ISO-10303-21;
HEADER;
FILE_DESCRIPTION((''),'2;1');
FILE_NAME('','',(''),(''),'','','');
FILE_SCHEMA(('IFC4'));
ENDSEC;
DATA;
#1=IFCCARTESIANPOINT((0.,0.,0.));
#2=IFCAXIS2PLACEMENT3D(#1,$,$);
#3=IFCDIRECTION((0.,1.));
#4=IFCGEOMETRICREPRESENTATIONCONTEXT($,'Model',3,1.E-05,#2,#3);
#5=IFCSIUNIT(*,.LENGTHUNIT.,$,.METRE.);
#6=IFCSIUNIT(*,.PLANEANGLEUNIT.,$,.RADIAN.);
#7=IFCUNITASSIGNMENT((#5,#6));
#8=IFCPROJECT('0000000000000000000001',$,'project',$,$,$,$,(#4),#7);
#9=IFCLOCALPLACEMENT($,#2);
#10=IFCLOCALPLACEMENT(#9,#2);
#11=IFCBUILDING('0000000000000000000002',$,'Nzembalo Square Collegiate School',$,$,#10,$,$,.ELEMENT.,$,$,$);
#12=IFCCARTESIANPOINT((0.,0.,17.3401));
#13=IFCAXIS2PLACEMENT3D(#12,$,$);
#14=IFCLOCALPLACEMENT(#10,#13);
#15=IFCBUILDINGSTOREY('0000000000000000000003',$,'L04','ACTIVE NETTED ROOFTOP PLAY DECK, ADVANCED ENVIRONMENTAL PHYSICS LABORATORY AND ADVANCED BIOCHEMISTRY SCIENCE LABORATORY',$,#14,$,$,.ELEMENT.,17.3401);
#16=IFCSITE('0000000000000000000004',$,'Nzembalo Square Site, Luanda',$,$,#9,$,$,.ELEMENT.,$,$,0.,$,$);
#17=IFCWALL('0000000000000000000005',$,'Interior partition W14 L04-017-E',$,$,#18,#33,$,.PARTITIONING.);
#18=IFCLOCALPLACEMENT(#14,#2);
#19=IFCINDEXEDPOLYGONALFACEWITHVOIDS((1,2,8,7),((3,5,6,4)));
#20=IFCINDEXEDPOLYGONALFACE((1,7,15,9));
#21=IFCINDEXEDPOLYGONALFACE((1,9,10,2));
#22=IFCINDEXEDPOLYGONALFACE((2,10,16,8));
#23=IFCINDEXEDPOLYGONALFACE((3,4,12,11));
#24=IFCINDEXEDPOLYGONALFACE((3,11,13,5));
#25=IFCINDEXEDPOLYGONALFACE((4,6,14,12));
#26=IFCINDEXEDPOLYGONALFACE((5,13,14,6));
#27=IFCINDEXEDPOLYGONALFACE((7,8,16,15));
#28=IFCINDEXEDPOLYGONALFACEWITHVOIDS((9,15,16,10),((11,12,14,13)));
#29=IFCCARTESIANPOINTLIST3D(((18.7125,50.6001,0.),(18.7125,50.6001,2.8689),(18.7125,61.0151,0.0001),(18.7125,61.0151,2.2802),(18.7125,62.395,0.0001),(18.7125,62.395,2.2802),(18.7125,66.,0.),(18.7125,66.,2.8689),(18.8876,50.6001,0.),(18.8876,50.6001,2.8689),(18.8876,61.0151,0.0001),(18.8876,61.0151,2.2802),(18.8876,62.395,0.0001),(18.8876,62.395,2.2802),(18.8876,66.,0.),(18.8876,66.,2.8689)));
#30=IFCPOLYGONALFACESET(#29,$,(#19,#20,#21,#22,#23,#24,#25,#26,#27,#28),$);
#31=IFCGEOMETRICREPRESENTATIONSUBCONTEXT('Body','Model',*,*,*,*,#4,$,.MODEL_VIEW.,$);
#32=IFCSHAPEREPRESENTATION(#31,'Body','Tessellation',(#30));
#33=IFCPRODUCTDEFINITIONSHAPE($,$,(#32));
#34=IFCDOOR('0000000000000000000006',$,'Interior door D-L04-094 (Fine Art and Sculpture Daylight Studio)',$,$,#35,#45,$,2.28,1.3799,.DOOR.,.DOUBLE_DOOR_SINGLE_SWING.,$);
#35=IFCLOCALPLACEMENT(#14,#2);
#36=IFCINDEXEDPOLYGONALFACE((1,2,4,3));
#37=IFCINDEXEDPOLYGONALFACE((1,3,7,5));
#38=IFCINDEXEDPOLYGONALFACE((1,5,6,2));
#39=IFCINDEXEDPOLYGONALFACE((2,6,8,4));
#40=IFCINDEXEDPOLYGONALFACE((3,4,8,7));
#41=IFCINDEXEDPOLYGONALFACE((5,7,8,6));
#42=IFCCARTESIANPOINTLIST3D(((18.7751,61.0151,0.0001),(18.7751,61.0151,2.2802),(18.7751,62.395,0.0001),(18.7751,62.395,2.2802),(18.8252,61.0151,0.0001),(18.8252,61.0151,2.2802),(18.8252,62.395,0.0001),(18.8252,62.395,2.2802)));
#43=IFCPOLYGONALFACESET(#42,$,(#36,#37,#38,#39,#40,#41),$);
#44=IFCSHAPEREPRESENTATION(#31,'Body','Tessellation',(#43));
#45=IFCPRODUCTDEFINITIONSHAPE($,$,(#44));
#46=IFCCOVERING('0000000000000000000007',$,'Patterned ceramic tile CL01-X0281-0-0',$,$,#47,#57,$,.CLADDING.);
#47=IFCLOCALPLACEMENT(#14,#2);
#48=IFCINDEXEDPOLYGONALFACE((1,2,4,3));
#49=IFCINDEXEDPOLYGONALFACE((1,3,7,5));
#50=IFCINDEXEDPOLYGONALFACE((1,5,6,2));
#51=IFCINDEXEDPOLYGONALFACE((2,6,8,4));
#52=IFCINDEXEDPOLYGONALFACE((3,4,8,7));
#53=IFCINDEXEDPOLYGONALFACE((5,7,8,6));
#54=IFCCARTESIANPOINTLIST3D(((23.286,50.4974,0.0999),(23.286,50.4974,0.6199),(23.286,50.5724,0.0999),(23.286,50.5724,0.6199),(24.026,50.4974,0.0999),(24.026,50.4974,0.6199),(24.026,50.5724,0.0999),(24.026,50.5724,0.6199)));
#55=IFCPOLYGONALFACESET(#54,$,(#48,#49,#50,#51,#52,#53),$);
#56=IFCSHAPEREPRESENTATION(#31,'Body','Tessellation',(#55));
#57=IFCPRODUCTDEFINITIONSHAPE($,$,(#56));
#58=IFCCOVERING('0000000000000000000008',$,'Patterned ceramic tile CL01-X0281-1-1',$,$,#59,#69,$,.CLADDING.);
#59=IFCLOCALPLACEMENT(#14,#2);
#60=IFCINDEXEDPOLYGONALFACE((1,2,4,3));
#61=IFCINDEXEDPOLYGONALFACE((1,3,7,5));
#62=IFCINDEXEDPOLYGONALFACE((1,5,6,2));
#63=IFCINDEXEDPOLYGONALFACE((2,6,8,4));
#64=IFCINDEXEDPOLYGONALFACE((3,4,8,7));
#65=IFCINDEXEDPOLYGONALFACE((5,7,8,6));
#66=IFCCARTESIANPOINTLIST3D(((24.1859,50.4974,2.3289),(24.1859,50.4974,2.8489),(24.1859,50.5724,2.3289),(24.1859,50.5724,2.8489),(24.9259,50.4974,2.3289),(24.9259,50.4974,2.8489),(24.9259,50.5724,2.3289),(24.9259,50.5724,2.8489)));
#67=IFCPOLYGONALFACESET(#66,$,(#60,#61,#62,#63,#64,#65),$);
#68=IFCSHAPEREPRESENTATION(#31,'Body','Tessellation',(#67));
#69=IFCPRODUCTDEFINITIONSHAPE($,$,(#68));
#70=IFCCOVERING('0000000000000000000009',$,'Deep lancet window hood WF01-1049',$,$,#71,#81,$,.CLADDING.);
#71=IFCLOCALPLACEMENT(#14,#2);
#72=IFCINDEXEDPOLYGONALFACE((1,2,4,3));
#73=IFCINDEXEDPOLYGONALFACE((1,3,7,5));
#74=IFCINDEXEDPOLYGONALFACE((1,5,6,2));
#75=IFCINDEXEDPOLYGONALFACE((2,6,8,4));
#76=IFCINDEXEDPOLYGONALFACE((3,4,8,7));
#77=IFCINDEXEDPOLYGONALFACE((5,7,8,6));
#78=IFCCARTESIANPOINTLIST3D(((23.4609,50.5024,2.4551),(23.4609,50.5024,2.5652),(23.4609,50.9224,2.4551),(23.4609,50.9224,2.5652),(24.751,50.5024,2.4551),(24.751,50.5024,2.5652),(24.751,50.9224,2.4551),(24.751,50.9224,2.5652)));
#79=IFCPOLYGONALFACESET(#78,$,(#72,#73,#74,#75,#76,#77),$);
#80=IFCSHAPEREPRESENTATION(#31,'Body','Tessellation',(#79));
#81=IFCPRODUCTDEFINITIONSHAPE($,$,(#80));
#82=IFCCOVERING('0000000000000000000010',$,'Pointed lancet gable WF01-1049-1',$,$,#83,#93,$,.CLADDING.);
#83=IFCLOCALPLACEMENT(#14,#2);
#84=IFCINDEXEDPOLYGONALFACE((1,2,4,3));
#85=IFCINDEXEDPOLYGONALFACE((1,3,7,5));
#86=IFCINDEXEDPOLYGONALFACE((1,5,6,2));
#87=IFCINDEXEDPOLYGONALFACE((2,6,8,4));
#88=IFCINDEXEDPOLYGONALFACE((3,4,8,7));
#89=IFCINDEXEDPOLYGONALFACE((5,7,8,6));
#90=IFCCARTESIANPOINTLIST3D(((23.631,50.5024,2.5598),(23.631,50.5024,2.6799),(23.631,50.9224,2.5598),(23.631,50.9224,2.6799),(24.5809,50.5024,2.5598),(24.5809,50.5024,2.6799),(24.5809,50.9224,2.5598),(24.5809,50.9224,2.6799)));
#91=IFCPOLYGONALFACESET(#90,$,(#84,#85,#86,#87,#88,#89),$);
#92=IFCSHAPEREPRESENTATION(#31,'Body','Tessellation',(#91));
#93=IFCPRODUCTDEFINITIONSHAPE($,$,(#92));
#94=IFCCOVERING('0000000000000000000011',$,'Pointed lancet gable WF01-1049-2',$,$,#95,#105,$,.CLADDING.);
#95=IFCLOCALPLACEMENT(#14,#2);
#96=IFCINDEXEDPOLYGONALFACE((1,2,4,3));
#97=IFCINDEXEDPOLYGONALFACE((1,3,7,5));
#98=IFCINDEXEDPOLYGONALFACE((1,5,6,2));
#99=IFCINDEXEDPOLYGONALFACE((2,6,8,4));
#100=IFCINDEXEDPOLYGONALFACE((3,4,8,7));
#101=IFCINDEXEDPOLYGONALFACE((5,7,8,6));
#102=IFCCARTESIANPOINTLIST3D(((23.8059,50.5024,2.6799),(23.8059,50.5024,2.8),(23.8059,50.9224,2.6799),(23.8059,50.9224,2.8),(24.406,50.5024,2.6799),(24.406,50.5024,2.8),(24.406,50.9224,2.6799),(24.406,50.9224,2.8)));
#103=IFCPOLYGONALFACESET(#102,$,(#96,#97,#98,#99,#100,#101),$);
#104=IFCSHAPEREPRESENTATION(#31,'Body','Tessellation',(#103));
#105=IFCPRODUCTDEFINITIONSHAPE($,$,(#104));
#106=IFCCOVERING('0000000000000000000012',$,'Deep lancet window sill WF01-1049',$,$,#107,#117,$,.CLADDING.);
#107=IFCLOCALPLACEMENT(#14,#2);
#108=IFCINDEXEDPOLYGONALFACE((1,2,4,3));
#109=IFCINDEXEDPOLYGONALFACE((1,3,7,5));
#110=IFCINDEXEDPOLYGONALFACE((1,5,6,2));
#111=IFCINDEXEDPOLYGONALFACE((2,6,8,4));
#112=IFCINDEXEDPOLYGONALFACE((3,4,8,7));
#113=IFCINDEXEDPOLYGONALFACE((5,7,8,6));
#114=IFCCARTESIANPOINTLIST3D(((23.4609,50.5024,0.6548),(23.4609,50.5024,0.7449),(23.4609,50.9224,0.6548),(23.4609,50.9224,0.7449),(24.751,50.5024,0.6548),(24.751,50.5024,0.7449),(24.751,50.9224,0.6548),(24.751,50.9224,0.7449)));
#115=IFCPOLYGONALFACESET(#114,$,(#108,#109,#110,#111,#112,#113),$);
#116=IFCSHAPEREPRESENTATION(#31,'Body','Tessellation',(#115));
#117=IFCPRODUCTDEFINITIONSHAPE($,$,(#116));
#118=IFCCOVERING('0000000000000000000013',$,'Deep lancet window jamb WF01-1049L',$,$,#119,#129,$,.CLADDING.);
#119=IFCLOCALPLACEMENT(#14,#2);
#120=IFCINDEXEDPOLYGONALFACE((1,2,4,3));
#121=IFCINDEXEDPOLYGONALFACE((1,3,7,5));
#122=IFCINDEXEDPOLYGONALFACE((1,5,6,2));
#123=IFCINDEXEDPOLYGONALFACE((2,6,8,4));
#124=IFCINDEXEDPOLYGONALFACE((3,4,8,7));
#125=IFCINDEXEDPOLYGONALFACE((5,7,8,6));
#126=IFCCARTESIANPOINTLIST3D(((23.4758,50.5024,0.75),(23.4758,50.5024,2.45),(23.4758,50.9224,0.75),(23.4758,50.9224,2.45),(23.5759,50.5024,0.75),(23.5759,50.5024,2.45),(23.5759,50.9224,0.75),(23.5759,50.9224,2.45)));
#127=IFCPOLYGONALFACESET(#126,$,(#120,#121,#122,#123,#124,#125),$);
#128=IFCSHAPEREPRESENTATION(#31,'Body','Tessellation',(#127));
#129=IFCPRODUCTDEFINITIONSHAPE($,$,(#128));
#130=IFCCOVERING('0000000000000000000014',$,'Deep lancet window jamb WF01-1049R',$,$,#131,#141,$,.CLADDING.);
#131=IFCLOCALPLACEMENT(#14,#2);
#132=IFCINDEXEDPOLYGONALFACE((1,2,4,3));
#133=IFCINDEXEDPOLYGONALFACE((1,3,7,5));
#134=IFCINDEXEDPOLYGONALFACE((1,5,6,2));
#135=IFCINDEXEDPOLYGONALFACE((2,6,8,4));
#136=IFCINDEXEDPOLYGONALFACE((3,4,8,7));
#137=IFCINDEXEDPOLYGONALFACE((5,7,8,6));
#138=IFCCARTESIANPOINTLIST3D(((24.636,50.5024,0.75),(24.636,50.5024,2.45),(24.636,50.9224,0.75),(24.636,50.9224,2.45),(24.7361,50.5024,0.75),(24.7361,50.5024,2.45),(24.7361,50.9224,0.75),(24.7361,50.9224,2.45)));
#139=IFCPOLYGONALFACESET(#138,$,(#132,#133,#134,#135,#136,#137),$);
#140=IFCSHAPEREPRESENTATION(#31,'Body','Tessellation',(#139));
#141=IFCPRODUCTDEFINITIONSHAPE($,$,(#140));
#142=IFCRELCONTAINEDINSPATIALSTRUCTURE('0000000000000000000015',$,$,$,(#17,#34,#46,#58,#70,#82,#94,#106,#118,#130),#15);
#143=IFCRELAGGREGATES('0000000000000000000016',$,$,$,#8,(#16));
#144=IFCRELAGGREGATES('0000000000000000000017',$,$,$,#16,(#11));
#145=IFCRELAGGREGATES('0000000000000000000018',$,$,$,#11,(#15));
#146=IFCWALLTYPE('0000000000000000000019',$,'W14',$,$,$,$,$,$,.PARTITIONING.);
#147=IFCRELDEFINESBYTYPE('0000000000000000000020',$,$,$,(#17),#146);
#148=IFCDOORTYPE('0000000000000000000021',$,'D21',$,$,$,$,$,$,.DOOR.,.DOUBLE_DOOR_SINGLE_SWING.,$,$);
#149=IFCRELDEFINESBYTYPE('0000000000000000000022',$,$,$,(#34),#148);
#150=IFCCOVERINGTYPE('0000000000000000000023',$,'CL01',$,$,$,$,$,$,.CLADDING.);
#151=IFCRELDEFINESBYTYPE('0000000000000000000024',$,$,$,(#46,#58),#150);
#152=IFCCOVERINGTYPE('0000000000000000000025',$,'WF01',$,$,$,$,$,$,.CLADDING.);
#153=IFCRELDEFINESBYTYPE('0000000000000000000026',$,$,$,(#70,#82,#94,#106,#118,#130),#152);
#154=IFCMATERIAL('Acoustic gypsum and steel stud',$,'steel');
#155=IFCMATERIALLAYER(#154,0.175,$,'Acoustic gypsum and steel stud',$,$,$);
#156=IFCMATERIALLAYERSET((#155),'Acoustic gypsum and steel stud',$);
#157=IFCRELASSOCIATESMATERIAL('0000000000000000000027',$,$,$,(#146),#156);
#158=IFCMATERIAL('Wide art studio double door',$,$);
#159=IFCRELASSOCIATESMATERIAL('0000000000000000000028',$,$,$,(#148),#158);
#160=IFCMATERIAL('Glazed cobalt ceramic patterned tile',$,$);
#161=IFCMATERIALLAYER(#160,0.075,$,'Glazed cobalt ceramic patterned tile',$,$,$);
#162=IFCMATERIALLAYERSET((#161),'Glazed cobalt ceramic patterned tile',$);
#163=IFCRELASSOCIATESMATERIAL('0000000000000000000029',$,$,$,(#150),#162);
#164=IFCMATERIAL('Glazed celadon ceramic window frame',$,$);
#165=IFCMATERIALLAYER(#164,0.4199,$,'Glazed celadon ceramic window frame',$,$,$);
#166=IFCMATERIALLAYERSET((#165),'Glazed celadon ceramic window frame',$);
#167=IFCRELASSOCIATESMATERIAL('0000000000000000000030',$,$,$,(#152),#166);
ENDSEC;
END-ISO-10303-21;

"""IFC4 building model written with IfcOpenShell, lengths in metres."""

from ifc_helpers import new_model, si_unit, direction, frame, frame_2d, origin, origin_2d, place, context, subcontext, project, spatial, rectangle, extrude, material, layer, layer_set, type_object, element, fill, save


model = new_model("IFC4")

# Units and contexts
model_context = context("Model", 3, precision=1e-05, world=origin(), true_north=direction((0.0, 1.0)))
body_context = subcontext(model_context, "Body", "Model", "MODEL_VIEW")
ifc_project = project(units=[si_unit("LENGTHUNIT", "METRE"), si_unit("PLANEANGLEUNIT", "RADIAN")], contexts=[model_context])

# Site, building, storey
site_placement = place(None, origin())
site = spatial("IfcSite", under=ifc_project, at=site_placement, Name="Nzembalo Square Site, Luanda", CompositionType="ELEMENT", RefElevation=0.0)
building_placement = place(site_placement, origin())
building = spatial("IfcBuilding", under=site, at=building_placement, Name="Nzembalo Square Collegiate School", CompositionType="ELEMENT")
storey_placement = place(building_placement, frame((0.0, 0.0, 17.3401)))
storey = spatial("IfcBuildingStorey", under=building, at=storey_placement, Name="L04", Description="ACTIVE NETTED ROOFTOP PLAY DECK, ADVANCED ENVIRONMENTAL PHYSICS LABORATORY AND ADVANCED BIOCHEMISTRY SCIENCE LABORATORY", CompositionType="ELEMENT", Elevation=17.3401)

# Shared definitions
ifc_material_1 = material(Name="Acoustic gypsum and steel stud", Category="steel")
ifc_layer_1 = layer(ifc_material_1, 0.175, Name="Acoustic gypsum and steel stud")
ifc_layer_set_1 = layer_set([ifc_layer_1], Name="Acoustic gypsum and steel stud")
wall_type_1 = type_object("IfcWallType", Name="W14", PredefinedType="PARTITIONING", material=ifc_layer_set_1)

# Wall, opening, door
wall_1_placement = place(storey_placement, frame((18.8, 50.6001, 0.0), z_axis=(0.0, 0.0, 1.0), x_axis=(0.0, 1.0, 0.0)))
wall_1 = element("IfcWall", 1, at=wall_1_placement, inside=storey, type_object=wall_type_1, Name="Interior partition W14 L04-017-E", PredefinedType="PARTITIONING", context=body_context, shape_type="SweptSolid", body=[
    extrude(rectangle(XDim=15.3999, YDim=0.175, at=frame_2d((7.7, 0.0))), origin(), (0.0, 0.0, 1.0), 2.8689),
])
opening_1_placement = place(wall_1_placement, frame((10.415, 0.0, 0.0)))
opening_1 = element("IfcOpeningElement", 2, at=opening_1_placement, cuts=wall_1, PredefinedType="OPENING", context=body_context, shape_type="SweptSolid", body=[
    extrude(rectangle(XDim=1.3799, YDim=2.28, at=frame_2d((0.6899, 1.1401))), frame((0.0, 0.0977, 0.0), z_axis=(0.0, -1.0, 0.0), x_axis=(1.0, 0.0, 0.0)), (0.0, 0.0, 1.0), 0.1951),
])
ifc_material_2 = material(Name="Wide art studio double door")
door_type_1 = type_object("IfcDoorType", Name="D21", OperationType="DOUBLE_DOOR_SINGLE_SWING", PredefinedType="DOOR", material=ifc_material_2)
door_1_placement = place(opening_1_placement, origin())
door_1 = element("IfcDoor", 3, at=door_1_placement, inside=storey, type_object=door_type_1, Name="Interior door D-L04-094 (Fine Art and Sculpture Daylight Studio)", OperationType="DOUBLE_DOOR_SINGLE_SWING", OverallHeight=2.28, OverallWidth=1.3799, PredefinedType="DOOR", context=body_context, shape_type="SweptSolid", body=[
    extrude(rectangle(XDim=1.3799, YDim=2.28, at=frame_2d((0.6899, 1.1401))), frame((0.0, 0.0249, 0.0), z_axis=(0.0, -1.0, 0.0), x_axis=(1.0, 0.0, 0.0)), (0.0, 0.0, 1.0), 0.05),
])
fill(opening_1, door_1)

# Coverings
ifc_material_3 = material(Name="Glazed cobalt ceramic patterned tile")
ifc_layer_2 = layer(ifc_material_3, 0.075, Name="Glazed cobalt ceramic patterned tile")
ifc_layer_set_2 = layer_set([ifc_layer_2], Name="Glazed cobalt ceramic patterned tile")
covering_type_1 = type_object("IfcCoveringType", Name="CL01", PredefinedType="CLADDING", material=ifc_layer_set_2)
for number, where, z_axis, x_axis, name in (
    (4, (23.656, 50.5349, 0.0999), (0.0, 0.0, 1.0), (1.0, 0.0, 0.0), "Patterned ceramic tile CL01-X0281-0-0"),
    (5, (24.5559, 50.5349, 2.3289), (0.0, 0.0, 1.0), (1.0, 0.0, 0.0), "Patterned ceramic tile CL01-X0281-1-1"),
):
    element("IfcCovering", number, at=place(storey_placement, frame(where, z_axis=z_axis, x_axis=x_axis)), inside=storey, type_object=covering_type_1, Name=name, PredefinedType="CLADDING", context=body_context, shape_type="SweptSolid", body=[
        extrude(rectangle(XDim=0.74, YDim=0.075, at=origin_2d()), origin(), (0.0, 0.0, 1.0), 0.52),
    ])
ifc_material_4 = material(Name="Glazed celadon ceramic window frame")
ifc_layer_3 = layer(ifc_material_4, 0.4199, Name="Glazed celadon ceramic window frame")
ifc_layer_set_3 = layer_set([ifc_layer_3], Name="Glazed celadon ceramic window frame")
covering_type_2 = type_object("IfcCoveringType", Name="WF01", PredefinedType="CLADDING", material=ifc_layer_set_3)
covering_1_placement = place(storey_placement, frame((24.106, 50.7124, 2.4551), z_axis=(0.0, 0.0, 1.0), x_axis=(1.0, 0.0, 0.0)))
element("IfcCovering", 6, at=covering_1_placement, inside=storey, type_object=covering_type_2, Name="Deep lancet window hood WF01-1049", PredefinedType="CLADDING", context=body_context, shape_type="SweptSolid", body=[
    extrude(rectangle(XDim=1.29, YDim=0.4199, at=origin_2d()), origin(), (0.0, 0.0, 1.0), 0.1101),
])
covering_2_placement = place(storey_placement, frame((24.106, 50.7124, 2.5598), z_axis=(0.0, 0.0, 1.0), x_axis=(1.0, 0.0, 0.0)))
element("IfcCovering", 7, at=covering_2_placement, inside=storey, type_object=covering_type_2, Name="Pointed lancet gable WF01-1049-1", PredefinedType="CLADDING", context=body_context, shape_type="SweptSolid", body=[
    extrude(rectangle(XDim=0.95, YDim=0.4199, at=origin_2d()), origin(), (0.0, 0.0, 1.0), 0.1201),
])
covering_3_placement = place(storey_placement, frame((24.106, 50.7124, 2.6799), z_axis=(0.0, 0.0, 1.0), x_axis=(1.0, 0.0, 0.0)))
element("IfcCovering", 8, at=covering_3_placement, inside=storey, type_object=covering_type_2, Name="Pointed lancet gable WF01-1049-2", PredefinedType="CLADDING", context=body_context, shape_type="SweptSolid", body=[
    extrude(rectangle(XDim=0.6001, YDim=0.4199, at=origin_2d()), origin(), (0.0, 0.0, 1.0), 0.1201),
])
covering_4_placement = place(storey_placement, frame((24.106, 50.7124, 0.6548), z_axis=(0.0, 0.0, 1.0), x_axis=(1.0, 0.0, 0.0)))
element("IfcCovering", 9, at=covering_4_placement, inside=storey, type_object=covering_type_2, Name="Deep lancet window sill WF01-1049", PredefinedType="CLADDING", context=body_context, shape_type="SweptSolid", body=[
    extrude(rectangle(XDim=1.29, YDim=0.4199, at=origin_2d()), origin(), (0.0, 0.0, 1.0), 0.0901),
])
for number, where, z_axis, x_axis, name in (
    (10, (23.5259, 50.7124, 0.75), (0.0, 0.0, 1.0), (1.0, 0.0, 0.0), "Deep lancet window jamb WF01-1049L"),
    (11, (24.686, 50.7124, 0.75), (0.0, 0.0, 1.0), (1.0, 0.0, 0.0), "Deep lancet window jamb WF01-1049R"),
):
    element("IfcCovering", number, at=place(storey_placement, frame(where, z_axis=z_axis, x_axis=x_axis)), inside=storey, type_object=covering_type_2, Name=name, PredefinedType="CLADDING", context=body_context, shape_type="SweptSolid", body=[
        extrude(rectangle(XDim=0.1001, YDim=0.4199, at=origin_2d()), origin(), (0.0, 0.0, 1.0), 1.7),
    ])

save(model, "model.ifc")
